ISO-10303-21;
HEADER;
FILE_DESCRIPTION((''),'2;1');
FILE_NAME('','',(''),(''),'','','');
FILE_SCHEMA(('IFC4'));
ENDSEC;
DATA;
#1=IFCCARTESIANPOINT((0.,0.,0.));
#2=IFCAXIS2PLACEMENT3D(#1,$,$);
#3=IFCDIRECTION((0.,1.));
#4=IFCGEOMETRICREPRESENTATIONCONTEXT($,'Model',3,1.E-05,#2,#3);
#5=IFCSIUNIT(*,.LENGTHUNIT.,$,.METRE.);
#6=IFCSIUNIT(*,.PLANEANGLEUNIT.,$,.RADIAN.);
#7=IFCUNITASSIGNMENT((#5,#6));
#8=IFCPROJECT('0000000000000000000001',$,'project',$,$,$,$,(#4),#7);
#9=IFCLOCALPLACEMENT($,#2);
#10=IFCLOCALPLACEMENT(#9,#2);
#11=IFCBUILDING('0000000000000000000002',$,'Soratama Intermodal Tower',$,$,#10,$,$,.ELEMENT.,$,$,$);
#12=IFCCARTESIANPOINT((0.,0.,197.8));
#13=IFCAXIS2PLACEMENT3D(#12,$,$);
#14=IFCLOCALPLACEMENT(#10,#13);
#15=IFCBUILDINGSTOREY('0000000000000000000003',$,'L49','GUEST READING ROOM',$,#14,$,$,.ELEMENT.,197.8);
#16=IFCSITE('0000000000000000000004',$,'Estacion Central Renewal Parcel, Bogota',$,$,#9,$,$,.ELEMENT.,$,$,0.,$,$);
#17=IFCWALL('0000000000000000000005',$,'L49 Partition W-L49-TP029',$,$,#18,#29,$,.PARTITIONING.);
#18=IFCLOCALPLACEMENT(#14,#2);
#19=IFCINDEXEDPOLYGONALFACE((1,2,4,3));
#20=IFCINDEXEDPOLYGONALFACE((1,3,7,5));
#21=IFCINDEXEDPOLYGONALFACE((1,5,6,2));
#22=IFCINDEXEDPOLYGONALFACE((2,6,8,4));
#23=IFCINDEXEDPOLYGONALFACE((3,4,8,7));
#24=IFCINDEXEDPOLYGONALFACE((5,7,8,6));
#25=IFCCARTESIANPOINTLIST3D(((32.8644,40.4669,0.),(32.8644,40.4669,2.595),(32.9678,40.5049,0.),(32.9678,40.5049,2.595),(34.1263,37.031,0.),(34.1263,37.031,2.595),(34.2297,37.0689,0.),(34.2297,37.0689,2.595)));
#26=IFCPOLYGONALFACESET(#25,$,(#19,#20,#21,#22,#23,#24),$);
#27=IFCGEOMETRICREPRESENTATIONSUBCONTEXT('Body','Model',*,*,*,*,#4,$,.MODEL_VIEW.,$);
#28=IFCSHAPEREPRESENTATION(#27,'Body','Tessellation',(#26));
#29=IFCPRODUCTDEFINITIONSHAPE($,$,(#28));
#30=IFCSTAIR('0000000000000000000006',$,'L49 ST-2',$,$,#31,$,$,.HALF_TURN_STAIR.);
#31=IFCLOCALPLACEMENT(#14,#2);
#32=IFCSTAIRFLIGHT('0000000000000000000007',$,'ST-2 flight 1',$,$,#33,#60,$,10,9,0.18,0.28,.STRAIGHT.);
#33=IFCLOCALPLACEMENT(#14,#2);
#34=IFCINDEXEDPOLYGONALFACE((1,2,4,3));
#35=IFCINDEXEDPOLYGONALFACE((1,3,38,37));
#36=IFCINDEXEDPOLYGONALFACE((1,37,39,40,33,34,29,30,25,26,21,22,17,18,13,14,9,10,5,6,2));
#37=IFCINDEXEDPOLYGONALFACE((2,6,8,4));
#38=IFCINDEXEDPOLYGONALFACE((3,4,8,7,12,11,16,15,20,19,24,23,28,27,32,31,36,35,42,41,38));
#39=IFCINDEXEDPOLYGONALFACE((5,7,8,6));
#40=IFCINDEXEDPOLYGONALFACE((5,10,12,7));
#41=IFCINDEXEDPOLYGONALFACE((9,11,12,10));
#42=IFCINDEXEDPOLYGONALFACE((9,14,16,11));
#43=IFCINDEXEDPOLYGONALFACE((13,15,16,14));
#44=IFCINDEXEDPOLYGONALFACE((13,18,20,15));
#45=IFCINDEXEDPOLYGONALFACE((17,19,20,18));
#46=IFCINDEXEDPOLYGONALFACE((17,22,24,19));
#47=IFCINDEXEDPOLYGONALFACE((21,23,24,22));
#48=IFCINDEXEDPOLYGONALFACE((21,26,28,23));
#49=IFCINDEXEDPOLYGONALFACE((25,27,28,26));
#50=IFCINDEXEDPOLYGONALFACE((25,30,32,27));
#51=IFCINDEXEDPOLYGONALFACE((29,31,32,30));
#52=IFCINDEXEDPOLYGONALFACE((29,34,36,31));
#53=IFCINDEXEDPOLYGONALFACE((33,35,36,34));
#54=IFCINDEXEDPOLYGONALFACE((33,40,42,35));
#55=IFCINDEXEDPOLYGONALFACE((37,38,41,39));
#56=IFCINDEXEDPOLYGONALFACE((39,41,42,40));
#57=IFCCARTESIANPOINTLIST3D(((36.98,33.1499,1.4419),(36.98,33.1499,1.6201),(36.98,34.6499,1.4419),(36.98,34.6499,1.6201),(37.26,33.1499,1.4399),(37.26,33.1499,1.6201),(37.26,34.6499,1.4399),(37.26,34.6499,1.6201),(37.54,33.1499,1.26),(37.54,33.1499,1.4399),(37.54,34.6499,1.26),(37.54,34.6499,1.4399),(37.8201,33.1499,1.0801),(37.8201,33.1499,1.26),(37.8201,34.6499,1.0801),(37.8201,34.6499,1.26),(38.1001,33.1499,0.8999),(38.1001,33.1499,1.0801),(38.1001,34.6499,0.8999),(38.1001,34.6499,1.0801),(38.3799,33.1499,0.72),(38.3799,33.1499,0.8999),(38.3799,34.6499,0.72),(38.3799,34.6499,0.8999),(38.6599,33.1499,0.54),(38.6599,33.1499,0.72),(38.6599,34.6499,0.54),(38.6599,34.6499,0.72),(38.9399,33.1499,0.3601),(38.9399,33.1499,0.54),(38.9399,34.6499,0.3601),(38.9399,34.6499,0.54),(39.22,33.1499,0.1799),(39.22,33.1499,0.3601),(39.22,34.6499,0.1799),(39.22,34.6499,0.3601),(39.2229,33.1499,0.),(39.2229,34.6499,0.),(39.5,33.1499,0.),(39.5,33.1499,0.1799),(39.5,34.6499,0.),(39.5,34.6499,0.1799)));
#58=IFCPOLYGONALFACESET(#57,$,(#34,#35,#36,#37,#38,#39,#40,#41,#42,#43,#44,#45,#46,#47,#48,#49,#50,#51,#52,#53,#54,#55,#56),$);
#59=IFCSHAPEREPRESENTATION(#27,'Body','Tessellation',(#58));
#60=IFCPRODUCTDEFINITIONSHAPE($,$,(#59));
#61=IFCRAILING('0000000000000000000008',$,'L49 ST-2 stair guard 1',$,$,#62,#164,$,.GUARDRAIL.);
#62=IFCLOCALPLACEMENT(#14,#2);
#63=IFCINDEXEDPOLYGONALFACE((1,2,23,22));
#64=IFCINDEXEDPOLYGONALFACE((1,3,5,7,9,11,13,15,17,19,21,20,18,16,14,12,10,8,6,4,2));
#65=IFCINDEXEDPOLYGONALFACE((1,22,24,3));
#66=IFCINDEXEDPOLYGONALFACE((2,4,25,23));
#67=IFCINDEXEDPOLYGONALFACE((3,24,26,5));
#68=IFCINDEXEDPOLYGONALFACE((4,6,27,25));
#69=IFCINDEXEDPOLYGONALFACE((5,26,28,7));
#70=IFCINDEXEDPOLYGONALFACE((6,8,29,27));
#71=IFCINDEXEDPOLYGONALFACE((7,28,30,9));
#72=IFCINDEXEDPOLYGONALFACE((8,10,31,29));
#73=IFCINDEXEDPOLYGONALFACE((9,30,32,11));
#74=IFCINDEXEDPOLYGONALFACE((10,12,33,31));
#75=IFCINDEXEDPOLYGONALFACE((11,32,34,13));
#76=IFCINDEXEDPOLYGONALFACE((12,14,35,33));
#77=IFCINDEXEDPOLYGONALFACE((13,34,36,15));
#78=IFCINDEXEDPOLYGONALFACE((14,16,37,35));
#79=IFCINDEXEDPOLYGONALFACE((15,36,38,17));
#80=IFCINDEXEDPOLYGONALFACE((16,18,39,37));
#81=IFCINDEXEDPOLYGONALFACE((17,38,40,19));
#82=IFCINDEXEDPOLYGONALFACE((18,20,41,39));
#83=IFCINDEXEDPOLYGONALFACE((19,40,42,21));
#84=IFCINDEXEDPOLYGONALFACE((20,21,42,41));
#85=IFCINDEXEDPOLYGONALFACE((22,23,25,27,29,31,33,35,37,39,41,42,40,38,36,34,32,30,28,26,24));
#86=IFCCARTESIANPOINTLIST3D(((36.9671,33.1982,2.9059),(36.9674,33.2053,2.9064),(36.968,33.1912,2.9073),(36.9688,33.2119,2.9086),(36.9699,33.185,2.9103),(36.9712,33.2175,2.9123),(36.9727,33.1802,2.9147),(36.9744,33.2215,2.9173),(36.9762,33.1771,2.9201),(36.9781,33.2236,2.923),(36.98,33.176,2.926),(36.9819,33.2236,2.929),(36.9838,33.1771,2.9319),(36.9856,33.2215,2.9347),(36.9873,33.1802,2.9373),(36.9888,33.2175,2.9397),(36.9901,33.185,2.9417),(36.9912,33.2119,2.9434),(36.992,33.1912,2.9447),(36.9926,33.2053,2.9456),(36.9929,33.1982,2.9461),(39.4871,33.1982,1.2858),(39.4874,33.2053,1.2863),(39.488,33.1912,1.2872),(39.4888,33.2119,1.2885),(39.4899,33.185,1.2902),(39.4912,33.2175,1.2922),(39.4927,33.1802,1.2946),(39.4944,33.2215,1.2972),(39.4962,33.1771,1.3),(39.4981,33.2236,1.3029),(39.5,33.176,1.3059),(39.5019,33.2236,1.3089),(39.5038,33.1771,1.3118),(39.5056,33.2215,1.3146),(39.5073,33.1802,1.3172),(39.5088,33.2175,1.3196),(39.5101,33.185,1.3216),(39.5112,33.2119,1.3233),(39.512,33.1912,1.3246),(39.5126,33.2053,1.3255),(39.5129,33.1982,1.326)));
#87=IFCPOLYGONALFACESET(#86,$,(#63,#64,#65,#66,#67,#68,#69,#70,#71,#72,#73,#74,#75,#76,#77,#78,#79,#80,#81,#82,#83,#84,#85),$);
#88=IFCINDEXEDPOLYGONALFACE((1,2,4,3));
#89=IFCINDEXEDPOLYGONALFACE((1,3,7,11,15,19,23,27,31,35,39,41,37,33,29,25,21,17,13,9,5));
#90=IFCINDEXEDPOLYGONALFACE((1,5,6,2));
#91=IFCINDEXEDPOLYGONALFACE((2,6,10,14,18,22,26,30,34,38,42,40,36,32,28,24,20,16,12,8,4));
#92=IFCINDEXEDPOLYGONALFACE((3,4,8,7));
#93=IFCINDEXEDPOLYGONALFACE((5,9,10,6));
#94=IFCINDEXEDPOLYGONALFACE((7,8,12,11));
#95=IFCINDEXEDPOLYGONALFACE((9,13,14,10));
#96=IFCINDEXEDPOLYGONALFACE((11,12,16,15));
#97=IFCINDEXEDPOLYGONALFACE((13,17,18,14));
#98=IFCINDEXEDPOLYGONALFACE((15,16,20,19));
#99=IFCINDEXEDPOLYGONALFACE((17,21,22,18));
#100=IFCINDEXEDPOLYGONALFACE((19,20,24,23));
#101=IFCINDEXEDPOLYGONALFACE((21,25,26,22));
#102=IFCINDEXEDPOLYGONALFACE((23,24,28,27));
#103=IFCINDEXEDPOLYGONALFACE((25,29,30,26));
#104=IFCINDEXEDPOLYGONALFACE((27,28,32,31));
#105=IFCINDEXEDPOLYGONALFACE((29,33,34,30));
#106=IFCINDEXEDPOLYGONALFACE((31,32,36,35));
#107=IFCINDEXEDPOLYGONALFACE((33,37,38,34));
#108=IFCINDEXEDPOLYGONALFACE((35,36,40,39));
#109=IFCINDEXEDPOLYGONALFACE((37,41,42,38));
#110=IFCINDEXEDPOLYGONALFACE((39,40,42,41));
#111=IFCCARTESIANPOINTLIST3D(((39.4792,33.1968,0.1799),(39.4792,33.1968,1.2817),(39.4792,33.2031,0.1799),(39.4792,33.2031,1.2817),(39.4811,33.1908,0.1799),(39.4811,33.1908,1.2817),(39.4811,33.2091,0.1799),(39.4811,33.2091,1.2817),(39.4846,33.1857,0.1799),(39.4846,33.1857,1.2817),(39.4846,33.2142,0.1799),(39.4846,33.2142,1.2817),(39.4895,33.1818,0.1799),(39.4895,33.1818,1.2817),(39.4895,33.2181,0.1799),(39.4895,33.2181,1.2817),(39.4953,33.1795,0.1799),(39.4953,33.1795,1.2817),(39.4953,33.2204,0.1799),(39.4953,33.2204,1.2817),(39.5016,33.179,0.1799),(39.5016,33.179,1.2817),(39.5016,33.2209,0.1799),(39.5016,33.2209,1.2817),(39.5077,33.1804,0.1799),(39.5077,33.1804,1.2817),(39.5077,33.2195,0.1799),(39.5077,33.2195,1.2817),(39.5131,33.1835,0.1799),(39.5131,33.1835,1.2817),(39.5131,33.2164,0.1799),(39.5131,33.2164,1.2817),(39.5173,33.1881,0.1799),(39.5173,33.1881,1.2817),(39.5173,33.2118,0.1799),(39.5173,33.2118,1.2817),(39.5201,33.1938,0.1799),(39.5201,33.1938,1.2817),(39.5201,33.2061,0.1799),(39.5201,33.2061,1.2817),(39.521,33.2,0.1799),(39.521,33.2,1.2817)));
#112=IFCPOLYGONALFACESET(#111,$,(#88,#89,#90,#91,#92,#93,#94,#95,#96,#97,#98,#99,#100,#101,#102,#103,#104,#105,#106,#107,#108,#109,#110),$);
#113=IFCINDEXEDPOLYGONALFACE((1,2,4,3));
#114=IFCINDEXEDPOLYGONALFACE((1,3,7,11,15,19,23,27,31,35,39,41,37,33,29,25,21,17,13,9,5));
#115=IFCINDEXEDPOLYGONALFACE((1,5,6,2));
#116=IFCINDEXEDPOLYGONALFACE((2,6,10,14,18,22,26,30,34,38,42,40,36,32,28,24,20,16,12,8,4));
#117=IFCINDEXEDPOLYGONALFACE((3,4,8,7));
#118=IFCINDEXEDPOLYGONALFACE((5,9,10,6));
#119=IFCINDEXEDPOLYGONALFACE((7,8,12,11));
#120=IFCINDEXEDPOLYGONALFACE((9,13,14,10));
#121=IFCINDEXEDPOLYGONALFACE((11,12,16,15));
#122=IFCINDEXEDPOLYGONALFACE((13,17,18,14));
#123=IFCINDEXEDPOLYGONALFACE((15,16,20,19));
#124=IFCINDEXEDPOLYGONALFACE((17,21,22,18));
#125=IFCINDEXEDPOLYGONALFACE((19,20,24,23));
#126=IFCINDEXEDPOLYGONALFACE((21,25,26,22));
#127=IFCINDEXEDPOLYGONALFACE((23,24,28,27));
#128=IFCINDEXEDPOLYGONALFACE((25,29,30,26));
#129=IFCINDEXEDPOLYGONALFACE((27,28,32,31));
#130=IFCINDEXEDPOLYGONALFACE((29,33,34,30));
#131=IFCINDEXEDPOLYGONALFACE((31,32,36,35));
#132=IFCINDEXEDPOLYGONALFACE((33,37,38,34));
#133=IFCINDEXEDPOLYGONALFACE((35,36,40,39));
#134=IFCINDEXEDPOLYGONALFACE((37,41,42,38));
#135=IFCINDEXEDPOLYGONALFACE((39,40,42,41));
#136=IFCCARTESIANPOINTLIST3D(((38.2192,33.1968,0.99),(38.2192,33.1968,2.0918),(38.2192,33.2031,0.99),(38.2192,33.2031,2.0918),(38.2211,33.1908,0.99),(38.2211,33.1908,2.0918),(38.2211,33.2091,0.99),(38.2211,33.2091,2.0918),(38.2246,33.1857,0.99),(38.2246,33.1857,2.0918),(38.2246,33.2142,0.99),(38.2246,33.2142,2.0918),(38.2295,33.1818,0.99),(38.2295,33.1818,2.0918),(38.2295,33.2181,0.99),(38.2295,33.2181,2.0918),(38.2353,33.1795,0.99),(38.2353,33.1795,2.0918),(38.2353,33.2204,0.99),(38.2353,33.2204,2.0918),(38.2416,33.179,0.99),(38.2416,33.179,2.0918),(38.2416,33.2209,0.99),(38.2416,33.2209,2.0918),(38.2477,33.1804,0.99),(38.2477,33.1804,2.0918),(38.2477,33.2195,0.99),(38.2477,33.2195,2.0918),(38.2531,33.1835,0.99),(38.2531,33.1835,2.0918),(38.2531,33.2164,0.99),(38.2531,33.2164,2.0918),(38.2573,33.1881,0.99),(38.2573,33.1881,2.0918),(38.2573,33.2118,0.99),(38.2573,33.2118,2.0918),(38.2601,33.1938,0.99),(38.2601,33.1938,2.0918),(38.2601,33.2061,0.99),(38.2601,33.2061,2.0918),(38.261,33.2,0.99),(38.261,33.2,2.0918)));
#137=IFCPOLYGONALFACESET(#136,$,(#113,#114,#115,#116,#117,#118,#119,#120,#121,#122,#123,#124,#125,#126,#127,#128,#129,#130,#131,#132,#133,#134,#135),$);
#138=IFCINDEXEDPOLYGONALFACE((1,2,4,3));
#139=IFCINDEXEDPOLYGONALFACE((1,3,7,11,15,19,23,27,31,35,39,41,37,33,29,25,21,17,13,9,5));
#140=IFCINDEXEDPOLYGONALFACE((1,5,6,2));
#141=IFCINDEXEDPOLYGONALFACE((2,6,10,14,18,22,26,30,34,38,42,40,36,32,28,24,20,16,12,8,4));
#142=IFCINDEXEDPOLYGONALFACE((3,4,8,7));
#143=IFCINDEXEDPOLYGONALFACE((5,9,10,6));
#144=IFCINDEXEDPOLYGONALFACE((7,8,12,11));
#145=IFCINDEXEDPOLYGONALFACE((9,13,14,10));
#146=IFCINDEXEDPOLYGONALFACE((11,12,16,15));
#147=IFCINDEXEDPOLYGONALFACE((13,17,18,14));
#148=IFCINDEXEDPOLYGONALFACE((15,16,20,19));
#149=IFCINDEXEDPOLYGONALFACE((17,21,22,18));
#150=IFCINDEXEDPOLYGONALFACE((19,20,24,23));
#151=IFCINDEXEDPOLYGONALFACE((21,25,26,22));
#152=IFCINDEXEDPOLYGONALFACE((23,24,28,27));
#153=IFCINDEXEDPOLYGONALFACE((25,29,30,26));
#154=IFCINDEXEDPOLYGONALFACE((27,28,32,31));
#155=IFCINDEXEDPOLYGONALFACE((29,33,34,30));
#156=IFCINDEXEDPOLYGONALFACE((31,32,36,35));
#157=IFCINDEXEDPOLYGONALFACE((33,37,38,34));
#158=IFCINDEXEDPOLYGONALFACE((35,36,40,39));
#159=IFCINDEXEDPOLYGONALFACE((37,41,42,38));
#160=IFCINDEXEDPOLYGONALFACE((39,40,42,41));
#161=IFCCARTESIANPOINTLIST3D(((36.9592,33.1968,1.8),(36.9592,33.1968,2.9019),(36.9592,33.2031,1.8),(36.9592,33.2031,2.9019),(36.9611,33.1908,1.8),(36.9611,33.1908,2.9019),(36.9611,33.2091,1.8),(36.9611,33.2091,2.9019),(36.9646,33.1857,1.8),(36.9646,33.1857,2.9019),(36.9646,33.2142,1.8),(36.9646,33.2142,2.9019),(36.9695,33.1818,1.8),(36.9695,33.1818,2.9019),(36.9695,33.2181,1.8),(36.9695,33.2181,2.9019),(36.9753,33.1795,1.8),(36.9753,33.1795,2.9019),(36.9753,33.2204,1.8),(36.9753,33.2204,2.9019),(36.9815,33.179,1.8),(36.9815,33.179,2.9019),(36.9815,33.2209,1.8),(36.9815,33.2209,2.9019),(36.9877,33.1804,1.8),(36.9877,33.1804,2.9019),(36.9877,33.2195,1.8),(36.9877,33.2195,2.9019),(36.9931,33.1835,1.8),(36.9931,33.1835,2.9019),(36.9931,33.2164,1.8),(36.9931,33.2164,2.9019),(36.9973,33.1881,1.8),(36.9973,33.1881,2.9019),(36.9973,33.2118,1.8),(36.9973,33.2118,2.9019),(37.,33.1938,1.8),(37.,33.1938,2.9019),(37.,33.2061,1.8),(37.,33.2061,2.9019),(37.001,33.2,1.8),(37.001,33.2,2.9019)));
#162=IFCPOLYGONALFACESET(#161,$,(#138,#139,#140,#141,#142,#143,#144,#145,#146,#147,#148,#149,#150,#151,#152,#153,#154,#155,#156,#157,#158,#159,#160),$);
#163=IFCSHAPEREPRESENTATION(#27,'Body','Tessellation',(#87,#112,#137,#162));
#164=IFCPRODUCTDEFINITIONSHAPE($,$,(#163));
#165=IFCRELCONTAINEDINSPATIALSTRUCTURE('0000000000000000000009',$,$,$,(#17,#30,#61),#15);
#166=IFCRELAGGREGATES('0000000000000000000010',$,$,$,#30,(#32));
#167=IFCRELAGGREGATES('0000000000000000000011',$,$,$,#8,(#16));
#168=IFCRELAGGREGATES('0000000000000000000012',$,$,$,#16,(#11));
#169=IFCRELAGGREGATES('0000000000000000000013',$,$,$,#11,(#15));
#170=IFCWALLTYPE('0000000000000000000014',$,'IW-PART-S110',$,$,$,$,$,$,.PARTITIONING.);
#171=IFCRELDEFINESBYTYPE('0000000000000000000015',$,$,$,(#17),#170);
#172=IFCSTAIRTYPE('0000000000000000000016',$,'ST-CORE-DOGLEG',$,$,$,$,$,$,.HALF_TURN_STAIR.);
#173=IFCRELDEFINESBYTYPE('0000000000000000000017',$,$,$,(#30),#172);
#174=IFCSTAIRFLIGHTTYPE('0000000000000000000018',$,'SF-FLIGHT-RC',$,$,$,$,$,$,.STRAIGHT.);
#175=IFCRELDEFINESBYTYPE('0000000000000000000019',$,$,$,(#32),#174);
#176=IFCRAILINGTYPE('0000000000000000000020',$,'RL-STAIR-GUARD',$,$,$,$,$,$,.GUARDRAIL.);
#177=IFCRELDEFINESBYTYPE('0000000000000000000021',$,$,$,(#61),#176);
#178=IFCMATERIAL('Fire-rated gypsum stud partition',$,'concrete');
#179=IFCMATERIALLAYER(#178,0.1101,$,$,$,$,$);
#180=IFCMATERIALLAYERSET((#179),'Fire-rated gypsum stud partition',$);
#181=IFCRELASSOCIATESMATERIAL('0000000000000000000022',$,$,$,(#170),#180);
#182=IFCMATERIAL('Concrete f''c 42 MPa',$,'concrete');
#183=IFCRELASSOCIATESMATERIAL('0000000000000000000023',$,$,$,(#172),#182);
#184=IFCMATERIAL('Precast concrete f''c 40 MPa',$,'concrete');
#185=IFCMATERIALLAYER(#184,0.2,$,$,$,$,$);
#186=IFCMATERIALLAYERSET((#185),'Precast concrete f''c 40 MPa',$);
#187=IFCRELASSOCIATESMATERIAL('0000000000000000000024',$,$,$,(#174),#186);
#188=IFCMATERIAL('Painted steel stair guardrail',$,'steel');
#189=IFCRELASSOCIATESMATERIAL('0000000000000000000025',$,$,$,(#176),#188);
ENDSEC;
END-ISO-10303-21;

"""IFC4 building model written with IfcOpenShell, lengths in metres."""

from ifc_helpers import new_model, si_unit, direction, frame, frame_2d, origin, origin_2d, place, context, subcontext, project, spatial, polyline, rectangle, circle, outline, extrude, material, layer, layer_set, type_object, element, aggregate, save


model = new_model("IFC4")

# Units and contexts
model_context = context("Model", 3, precision=1e-05, world=origin(), true_north=direction((0.0, 1.0)))
body_context = subcontext(model_context, "Body", "Model", "MODEL_VIEW")
ifc_project = project(units=[si_unit("LENGTHUNIT", "METRE"), si_unit("PLANEANGLEUNIT", "RADIAN")], contexts=[model_context])

# Site, building, storey
site_placement = place(None, origin())
site = spatial("IfcSite", under=ifc_project, at=site_placement, Name="Estacion Central Renewal Parcel, Bogota", CompositionType="ELEMENT", RefElevation=0.0)
building_placement = place(site_placement, origin())
building = spatial("IfcBuilding", under=site, at=building_placement, Name="Soratama Intermodal Tower", CompositionType="ELEMENT")
storey_placement = place(building_placement, frame((0.0, 0.0, 197.8)))
storey = spatial("IfcBuildingStorey", under=building, at=storey_placement, Name="L49", Description="GUEST READING ROOM", CompositionType="ELEMENT", Elevation=197.8)

# Wall
ifc_material_1 = material(Name="Fire-rated gypsum stud partition", Category="concrete")
ifc_layer_1 = layer(ifc_material_1, 0.1101)
ifc_layer_set_1 = layer_set([ifc_layer_1], Name="Fire-rated gypsum stud partition")
wall_type_1 = type_object("IfcWallType", Name="IW-PART-S110", PredefinedType="PARTITIONING", material=ifc_layer_set_1)
wall_1_placement = place(storey_placement, frame((34.178, 37.05, 0.0), z_axis=(0.0, 0.0, 1.0), x_axis=(-0.344756, 0.938692, 0.0)))
element("IfcWall", 1, at=wall_1_placement, inside=storey, type_object=wall_type_1, Name="L49 Partition W-L49-TP029", PredefinedType="PARTITIONING", context=body_context, shape_type="SweptSolid", body=[
    extrude(rectangle(XDim=3.6604, YDim=0.1101, at=frame_2d((1.8301, 0.0))), origin(), (0.0, 0.0, 1.0), 2.595),
])

# Stair, stair flight
ifc_material_2 = material(Name="Concrete f'c 42 MPa", Category="concrete")
stair_type = type_object("IfcStairType", Name="ST-CORE-DOGLEG", PredefinedType="HALF_TURN_STAIR", material=ifc_material_2)
stair_placement = place(storey_placement, origin())
stair = element("IfcStair", 2, at=stair_placement, inside=storey, type_object=stair_type, Name="L49 ST-2", PredefinedType="HALF_TURN_STAIR")
ifc_material_3 = material(Name="Precast concrete f'c 40 MPa", Category="concrete")
ifc_layer_2 = layer(ifc_material_3, 0.2)
ifc_layer_set_2 = layer_set([ifc_layer_2], Name="Precast concrete f'c 40 MPa")
stair_flight_type = type_object("IfcStairFlightType", Name="SF-FLIGHT-RC", PredefinedType="STRAIGHT", material=ifc_layer_set_2)
stair_flight_placement = place(storey_placement, frame((39.5, 33.8999, 0.0), z_axis=(0.0, 0.0, 1.0), x_axis=(-1.0, 0.0, 0.0)))
stair_flight = element("IfcStairFlight", 3, at=stair_flight_placement, type_object=stair_flight_type, Name="ST-2 flight 1", NumberOfRisers=10, NumberOfTreads=9, PredefinedType="STRAIGHT", RiserHeight=0.18, TreadLength=0.28, context=body_context, shape_type="SweptSolid", body=[
    extrude(outline(polyline([(0.0, 0.0), (0.0, 0.1799), (0.28, 0.1799), (0.28, 0.3601), (0.5601, 0.3601), (0.5601, 0.54), (0.8401, 0.54), (0.8401, 0.72), (1.1201, 0.72), (1.1201, 0.8999), (1.3999, 0.8999), (1.3999, 1.0801), (1.6799, 1.0801), (1.6799, 1.26), (1.96, 1.26), (1.96, 1.4399), (2.24, 1.4399), (2.24, 1.6201), (2.52, 1.6201), (2.52, 1.8), (2.52, 1.4419), (0.2771, 0.0), (0.0, 0.0)])), frame((0.0, 0.75, 0.0), z_axis=(0.0, -1.0, 0.0), x_axis=(1.0, 0.0, 0.0)), (0.0, 0.0, 1.0), 1.5),
])
aggregate(stair, [stair_flight])

# Railing
ifc_material_4 = material(Name="Painted steel stair guardrail", Category="steel")
railing_type_1 = type_object("IfcRailingType", Name="RL-STAIR-GUARD", PredefinedType="GUARDRAIL", material=ifc_material_4)
railing_1_placement = place(storey_placement, frame((39.5, 33.2, 0.1799)))
element("IfcRailing", 4, at=railing_1_placement, inside=storey, type_object=railing_type_1, Name="L49 ST-2 stair guard 1", PredefinedType="GUARDRAIL", context=body_context, shape_type="SweptSolid", body=[
    extrude(circle(Radius=0.0239, at=origin_2d()), frame((0.0, 0.0, 1.126), z_axis=(-0.841163, 0.0, 0.540782), x_axis=(0.0, -1.0, 0.0)), (0.0, 0.0, 1.0), 2.9958),
    extrude(circle(Radius=0.021, at=origin_2d()), origin(), (0.0, 0.0, 1.0), 1.1018),
    extrude(circle(Radius=0.021, at=origin_2d()), frame((-1.26, 0.0, 0.8101)), (0.0, 0.0, 1.0), 1.1018),
    extrude(circle(Radius=0.021, at=origin_2d()), frame((-2.52, 0.0, 1.6201)), (0.0, 0.0, 1.0), 1.1018),
])

save(model, "model.ifc")
